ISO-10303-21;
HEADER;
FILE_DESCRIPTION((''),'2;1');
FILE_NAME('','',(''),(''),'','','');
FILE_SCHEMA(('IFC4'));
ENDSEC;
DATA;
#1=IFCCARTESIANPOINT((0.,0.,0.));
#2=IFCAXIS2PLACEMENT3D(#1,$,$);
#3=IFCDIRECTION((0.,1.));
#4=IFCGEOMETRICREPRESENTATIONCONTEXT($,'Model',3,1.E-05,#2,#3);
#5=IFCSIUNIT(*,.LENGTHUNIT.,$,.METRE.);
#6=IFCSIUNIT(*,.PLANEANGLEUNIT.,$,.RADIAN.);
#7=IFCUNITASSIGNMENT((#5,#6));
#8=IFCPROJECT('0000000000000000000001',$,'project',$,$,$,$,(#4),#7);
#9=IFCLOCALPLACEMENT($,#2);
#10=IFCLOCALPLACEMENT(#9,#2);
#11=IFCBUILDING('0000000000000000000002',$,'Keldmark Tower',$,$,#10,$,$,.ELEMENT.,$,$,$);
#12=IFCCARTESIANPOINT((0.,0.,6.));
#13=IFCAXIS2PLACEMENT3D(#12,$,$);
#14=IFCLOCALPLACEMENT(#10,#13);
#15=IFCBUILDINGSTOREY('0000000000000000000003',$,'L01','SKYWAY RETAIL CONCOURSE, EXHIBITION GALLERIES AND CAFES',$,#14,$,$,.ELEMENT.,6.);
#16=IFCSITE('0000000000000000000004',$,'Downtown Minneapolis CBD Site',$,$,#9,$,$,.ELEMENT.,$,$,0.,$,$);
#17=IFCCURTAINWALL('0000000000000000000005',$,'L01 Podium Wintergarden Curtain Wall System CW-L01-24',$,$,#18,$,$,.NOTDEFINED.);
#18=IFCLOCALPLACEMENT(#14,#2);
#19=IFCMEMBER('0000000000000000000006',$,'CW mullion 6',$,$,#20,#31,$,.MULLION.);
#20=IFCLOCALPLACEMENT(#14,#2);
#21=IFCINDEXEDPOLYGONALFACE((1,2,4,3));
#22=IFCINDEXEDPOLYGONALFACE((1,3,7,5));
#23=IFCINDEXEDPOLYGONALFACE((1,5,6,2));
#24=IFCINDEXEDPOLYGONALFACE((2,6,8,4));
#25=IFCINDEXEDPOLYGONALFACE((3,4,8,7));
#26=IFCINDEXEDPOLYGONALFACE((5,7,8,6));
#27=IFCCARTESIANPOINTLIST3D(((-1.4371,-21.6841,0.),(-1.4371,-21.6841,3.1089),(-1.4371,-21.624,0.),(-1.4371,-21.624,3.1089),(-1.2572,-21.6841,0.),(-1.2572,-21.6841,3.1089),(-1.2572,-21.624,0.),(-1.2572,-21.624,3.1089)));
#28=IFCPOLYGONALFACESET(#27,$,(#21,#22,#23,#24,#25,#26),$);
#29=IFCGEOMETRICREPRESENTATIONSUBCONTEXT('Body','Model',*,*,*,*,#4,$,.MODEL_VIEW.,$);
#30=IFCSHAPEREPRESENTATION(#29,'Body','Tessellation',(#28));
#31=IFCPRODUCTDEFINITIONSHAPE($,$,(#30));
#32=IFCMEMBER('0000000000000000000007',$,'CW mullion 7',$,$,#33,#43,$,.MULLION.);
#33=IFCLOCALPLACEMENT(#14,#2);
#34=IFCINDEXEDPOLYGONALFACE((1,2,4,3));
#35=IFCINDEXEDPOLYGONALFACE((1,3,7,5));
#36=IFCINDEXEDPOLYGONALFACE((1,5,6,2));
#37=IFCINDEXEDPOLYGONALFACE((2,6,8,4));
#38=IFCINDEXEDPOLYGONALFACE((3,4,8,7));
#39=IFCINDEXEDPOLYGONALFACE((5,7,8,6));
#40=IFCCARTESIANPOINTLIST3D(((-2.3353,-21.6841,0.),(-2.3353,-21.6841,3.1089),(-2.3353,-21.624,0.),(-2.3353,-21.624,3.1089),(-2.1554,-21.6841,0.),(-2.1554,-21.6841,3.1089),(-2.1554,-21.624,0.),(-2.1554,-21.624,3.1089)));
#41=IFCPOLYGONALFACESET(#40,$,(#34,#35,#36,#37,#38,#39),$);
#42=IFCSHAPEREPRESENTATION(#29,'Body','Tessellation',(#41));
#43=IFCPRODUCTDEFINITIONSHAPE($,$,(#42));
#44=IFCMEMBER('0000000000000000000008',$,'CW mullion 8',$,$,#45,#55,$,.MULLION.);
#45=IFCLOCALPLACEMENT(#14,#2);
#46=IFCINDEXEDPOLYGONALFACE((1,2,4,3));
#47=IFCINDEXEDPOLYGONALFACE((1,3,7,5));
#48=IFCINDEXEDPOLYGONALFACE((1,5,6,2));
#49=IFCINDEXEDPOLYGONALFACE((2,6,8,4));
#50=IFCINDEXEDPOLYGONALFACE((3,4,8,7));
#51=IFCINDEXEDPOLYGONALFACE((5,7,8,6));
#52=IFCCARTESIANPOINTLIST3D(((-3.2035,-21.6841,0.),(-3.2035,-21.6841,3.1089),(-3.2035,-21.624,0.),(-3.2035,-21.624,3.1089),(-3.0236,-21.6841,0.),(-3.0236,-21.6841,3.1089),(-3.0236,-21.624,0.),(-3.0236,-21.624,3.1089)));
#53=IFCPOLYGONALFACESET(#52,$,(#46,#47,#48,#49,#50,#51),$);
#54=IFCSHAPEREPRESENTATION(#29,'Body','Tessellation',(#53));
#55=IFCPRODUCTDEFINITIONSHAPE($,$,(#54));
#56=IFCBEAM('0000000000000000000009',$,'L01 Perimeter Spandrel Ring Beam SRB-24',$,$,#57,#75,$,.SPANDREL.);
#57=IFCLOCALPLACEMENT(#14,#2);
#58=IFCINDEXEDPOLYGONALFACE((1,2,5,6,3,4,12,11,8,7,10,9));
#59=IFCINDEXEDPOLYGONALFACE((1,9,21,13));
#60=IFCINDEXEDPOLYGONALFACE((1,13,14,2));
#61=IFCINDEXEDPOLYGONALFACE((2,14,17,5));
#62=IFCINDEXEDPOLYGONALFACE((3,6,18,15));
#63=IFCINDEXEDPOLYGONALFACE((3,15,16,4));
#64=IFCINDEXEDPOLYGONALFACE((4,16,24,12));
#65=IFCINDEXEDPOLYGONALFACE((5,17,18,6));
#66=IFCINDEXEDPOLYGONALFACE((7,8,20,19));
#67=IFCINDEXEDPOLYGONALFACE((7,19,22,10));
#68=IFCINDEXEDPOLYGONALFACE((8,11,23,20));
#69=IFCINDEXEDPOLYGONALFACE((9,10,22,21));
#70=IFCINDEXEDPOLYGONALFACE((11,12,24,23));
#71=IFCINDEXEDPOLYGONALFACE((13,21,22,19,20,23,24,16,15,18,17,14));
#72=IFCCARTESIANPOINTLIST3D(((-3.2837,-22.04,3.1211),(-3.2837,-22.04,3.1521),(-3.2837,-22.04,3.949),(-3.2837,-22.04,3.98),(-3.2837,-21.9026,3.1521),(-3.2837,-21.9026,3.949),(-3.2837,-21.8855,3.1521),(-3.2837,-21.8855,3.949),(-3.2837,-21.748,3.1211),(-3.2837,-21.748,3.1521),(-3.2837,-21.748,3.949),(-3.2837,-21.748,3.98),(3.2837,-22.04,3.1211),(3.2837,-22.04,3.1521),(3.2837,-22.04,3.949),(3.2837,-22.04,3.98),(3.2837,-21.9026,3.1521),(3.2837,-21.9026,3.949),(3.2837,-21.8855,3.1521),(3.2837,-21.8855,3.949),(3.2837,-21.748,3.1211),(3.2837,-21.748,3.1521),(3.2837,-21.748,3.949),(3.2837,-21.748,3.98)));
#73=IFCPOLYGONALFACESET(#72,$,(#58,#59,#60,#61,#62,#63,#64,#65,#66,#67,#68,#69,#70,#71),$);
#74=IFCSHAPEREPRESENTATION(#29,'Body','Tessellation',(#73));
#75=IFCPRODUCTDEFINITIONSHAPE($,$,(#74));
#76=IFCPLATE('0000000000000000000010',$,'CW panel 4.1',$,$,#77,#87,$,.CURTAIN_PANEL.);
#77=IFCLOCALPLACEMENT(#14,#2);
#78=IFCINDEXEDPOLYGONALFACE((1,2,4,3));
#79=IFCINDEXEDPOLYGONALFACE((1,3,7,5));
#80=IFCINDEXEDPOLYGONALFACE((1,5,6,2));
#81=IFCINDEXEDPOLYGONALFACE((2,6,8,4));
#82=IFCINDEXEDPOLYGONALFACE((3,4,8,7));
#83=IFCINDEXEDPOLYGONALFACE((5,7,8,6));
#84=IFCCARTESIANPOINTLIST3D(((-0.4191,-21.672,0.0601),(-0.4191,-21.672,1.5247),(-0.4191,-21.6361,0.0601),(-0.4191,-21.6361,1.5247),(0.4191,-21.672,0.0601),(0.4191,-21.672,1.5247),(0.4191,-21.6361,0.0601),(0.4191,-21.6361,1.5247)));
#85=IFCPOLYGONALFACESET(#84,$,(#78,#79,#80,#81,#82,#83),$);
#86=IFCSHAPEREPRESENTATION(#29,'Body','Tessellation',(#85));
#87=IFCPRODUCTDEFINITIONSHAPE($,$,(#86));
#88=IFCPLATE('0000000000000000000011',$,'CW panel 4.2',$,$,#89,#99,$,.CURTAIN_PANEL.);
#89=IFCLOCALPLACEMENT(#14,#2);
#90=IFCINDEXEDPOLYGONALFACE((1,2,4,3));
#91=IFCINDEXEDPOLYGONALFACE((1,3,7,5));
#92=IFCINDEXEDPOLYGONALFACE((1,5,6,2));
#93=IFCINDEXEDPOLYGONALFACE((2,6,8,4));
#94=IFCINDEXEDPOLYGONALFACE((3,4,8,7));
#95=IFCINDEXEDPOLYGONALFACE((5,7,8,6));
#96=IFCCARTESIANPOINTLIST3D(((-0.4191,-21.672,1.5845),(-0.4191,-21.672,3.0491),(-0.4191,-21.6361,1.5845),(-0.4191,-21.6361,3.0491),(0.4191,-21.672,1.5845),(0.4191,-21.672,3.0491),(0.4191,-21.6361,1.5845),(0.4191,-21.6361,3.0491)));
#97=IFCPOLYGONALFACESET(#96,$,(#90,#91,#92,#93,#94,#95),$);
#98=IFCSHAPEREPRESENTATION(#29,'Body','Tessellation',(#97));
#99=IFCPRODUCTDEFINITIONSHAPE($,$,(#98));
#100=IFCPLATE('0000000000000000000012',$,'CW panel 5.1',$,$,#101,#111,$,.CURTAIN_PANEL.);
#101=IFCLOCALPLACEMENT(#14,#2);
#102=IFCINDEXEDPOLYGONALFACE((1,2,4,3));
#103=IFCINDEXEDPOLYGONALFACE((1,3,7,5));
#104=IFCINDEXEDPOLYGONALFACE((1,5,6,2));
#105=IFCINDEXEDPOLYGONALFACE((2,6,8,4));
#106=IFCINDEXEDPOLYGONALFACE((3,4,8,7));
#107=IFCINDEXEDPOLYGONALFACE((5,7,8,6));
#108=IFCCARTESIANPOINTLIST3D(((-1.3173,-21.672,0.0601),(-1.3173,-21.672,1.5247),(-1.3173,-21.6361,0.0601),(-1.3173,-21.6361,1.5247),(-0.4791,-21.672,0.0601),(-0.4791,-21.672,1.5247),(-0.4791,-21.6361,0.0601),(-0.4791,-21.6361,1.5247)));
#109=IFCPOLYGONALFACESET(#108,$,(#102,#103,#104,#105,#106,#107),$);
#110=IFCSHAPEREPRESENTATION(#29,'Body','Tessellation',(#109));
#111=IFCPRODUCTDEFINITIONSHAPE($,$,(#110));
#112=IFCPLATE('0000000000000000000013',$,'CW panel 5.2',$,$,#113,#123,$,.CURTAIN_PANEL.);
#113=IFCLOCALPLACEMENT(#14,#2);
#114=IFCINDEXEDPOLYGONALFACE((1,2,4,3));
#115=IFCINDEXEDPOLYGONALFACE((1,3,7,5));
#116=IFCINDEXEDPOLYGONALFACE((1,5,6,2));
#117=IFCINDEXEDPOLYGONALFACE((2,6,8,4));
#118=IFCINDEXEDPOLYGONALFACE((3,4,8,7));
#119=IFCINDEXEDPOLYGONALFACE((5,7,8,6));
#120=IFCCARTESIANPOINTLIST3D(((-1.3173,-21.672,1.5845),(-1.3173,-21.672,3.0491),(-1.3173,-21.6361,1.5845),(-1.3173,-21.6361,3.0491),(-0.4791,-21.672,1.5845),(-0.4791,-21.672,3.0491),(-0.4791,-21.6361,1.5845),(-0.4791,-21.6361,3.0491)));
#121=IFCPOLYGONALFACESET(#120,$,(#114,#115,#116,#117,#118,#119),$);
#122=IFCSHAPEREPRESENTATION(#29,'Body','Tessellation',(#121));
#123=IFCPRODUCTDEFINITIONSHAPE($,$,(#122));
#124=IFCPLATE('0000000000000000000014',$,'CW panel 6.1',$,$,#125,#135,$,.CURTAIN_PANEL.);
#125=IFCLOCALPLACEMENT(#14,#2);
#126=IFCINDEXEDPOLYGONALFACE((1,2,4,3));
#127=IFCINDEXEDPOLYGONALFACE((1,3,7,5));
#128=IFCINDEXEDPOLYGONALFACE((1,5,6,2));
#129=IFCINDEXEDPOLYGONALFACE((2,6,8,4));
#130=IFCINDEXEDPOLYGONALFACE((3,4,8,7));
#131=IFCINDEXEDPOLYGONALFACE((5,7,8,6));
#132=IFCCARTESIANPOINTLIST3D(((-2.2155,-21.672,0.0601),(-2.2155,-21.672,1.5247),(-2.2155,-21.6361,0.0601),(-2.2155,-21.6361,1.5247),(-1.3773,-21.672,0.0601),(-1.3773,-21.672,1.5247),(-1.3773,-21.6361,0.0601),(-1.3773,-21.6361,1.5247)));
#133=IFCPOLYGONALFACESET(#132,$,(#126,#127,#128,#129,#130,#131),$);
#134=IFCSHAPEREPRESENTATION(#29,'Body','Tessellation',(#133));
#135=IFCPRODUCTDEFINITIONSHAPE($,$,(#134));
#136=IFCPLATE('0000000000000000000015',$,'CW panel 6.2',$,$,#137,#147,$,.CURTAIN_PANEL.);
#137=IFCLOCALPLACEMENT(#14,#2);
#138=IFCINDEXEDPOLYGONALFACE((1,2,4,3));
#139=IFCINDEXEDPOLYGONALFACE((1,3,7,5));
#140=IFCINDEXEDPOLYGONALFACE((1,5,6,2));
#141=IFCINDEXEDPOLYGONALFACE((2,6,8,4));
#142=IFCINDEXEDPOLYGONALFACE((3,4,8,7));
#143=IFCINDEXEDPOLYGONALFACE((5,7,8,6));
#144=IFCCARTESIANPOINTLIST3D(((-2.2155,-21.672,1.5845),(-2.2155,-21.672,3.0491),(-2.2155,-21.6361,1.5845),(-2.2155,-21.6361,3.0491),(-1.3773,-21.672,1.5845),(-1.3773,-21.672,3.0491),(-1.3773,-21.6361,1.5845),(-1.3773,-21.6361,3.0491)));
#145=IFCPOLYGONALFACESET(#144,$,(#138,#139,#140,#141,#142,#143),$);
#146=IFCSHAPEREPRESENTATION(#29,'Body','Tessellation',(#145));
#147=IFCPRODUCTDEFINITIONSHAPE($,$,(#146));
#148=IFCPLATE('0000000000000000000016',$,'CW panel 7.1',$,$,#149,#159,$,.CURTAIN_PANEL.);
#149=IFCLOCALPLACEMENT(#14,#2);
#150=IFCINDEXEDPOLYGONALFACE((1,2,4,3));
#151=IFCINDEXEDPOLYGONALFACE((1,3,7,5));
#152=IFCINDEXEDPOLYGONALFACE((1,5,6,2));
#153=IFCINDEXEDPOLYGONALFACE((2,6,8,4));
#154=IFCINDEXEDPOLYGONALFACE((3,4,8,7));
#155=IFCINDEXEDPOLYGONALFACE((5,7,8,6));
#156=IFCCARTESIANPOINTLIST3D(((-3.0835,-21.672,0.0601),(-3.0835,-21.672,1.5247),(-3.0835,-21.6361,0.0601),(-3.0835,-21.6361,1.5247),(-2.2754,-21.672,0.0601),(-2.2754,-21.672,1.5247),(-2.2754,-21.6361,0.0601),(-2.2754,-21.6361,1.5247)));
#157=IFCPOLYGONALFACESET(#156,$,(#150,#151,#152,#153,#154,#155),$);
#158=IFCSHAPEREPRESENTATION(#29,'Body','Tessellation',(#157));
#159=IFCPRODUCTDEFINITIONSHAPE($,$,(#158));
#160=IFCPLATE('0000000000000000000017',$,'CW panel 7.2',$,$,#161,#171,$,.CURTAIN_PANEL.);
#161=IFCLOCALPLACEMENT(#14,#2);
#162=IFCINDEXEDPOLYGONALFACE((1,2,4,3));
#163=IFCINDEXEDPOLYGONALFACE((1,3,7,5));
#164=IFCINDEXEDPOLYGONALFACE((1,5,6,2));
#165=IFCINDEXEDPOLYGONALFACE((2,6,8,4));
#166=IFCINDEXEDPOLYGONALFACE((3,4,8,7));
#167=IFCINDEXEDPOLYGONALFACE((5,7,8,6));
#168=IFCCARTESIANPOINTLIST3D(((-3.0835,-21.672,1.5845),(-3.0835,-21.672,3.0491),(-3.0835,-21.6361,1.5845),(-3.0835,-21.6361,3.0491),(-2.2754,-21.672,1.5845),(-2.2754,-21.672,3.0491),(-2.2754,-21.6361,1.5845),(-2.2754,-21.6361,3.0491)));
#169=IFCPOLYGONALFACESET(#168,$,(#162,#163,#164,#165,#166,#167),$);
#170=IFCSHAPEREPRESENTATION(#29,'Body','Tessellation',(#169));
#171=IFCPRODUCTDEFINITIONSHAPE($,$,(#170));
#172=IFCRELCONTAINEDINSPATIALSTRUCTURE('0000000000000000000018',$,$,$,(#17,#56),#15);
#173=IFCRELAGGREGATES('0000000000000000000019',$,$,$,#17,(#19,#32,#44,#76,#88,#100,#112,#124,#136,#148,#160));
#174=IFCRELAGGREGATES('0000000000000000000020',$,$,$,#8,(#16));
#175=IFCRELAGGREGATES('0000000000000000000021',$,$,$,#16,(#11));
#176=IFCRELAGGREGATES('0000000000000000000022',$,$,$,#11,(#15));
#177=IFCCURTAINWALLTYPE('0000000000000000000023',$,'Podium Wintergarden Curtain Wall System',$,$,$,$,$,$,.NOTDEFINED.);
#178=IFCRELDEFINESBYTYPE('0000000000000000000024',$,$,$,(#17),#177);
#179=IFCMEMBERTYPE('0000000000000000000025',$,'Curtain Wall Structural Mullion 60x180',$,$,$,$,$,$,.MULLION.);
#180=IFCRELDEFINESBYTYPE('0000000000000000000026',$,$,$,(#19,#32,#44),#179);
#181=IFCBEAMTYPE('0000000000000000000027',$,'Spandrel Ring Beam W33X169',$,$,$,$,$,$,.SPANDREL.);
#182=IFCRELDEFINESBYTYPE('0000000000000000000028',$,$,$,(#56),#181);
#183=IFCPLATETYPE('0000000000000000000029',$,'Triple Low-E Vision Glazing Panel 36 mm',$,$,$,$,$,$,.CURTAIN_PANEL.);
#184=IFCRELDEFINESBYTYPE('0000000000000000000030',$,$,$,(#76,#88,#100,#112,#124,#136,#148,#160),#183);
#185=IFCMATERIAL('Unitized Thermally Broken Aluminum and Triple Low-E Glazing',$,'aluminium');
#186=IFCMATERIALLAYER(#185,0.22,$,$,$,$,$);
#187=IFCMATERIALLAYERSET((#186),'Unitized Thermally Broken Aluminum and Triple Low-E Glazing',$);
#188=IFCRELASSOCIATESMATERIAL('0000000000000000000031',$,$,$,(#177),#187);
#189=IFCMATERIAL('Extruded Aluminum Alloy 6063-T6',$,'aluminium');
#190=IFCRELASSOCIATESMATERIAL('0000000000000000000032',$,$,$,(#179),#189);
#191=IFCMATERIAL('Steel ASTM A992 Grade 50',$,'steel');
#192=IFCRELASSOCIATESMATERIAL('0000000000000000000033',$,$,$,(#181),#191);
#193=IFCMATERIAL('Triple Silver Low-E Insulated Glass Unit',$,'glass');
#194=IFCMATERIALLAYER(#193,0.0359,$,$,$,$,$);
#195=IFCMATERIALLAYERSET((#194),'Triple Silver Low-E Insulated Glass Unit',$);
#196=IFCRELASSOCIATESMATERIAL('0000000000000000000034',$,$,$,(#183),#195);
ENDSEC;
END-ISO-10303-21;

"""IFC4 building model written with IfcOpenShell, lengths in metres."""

from ifc_helpers import new_model, si_unit, direction, frame, origin, origin_2d, place, context, subcontext, project, spatial, rectangle, i_section, extrude, material, layer, layer_set, material_profile, profile_set, type_object, element, aggregate, save


model = new_model("IFC4")

# Units and contexts
model_context = context("Model", 3, precision=1e-05, world=origin(), true_north=direction((0.0, 1.0)))
body_context = subcontext(model_context, "Body", "Model", "MODEL_VIEW")
ifc_project = project(units=[si_unit("LENGTHUNIT", "METRE"), si_unit("PLANEANGLEUNIT", "RADIAN")], contexts=[model_context])

# Site, building, storey
site_placement = place(None, origin())
site = spatial("IfcSite", under=ifc_project, at=site_placement, Name="Downtown Minneapolis CBD Site", CompositionType="ELEMENT", RefElevation=0.0)
building_placement = place(site_placement, origin())
building = spatial("IfcBuilding", under=site, at=building_placement, Name="Keldmark Tower", CompositionType="ELEMENT")
storey_placement = place(building_placement, frame((0.0, 0.0, 6.0)))
storey = spatial("IfcBuildingStorey", under=building, at=storey_placement, Name="L01", Description="SKYWAY RETAIL CONCOURSE, EXHIBITION GALLERIES AND CAFES", CompositionType="ELEMENT", Elevation=6.0)

# Curtain wall, members
ifc_material_1 = material(Name="Unitized Thermally Broken Aluminum and Triple Low-E Glazing", Category="aluminium")
ifc_layer_1 = layer(ifc_material_1, 0.22)
ifc_layer_set_1 = layer_set([ifc_layer_1], Name="Unitized Thermally Broken Aluminum and Triple Low-E Glazing")
curtain_wall_type = type_object("IfcCurtainWallType", Name="Podium Wintergarden Curtain Wall System", PredefinedType="NOTDEFINED", material=ifc_layer_set_1)
curtain_wall_placement = place(storey_placement, origin())
curtain_wall = element("IfcCurtainWall", 1, at=curtain_wall_placement, inside=storey, type_object=curtain_wall_type, Name="L01 Podium Wintergarden Curtain Wall System CW-L01-24", PredefinedType="NOTDEFINED")
ifc_material_2 = material(Name="Extruded Aluminum Alloy 6063-T6", Category="aluminium")
ifc_material_profile_1 = material_profile(ifc_material_2, rectangle(XDim=0.0601, YDim=0.1799, at=origin_2d()), Name="CWM60X180")
ifc_profile_set_1 = profile_set([ifc_material_profile_1], Name="Extruded Aluminum Alloy 6063-T6")
member_type_1 = type_object("IfcMemberType", Name="Curtain Wall Structural Mullion 60x180", PredefinedType="MULLION", material=ifc_profile_set_1)
member_1_placement = place(storey_placement, frame((-1.3472, -21.6541, 0.0), z_axis=(0.0, 0.0, 1.0), x_axis=(0.0, -1.0, 0.0)))
member_1 = element("IfcMember", 2, at=member_1_placement, type_object=member_type_1, Name="CW mullion 6", PredefinedType="MULLION", context=body_context, shape_type="SweptSolid", body=[
    extrude(rectangle(XDim=0.0601, YDim=0.1799, at=origin_2d()), origin(), (0.0, 0.0, 1.0), 3.1089),
])
member_2_placement = place(storey_placement, frame((-2.2454, -21.6541, 0.0), z_axis=(0.0, 0.0, 1.0), x_axis=(0.0, -1.0, 0.0)))
member_2 = element("IfcMember", 3, at=member_2_placement, type_object=member_type_1, Name="CW mullion 7", PredefinedType="MULLION", context=body_context, shape_type="SweptSolid", body=[
    extrude(rectangle(XDim=0.0601, YDim=0.1799, at=origin_2d()), origin(), (0.0, 0.0, 1.0), 3.1089),
])
member_3_placement = place(storey_placement, frame((-3.1135, -21.6541, 0.0), z_axis=(0.0, 0.0, 1.0), x_axis=(0.0, -1.0, 0.0)))
member_3 = element("IfcMember", 4, at=member_3_placement, type_object=member_type_1, Name="CW mullion 8", PredefinedType="MULLION", context=body_context, shape_type="SweptSolid", body=[
    extrude(rectangle(XDim=0.0601, YDim=0.1799, at=origin_2d()), origin(), (0.0, 0.0, 1.0), 3.1089),
])

# Beam
ifc_material_3 = material(Name="Steel ASTM A992 Grade 50", Category="steel")
ifc_material_profile_2 = material_profile(ifc_material_3, i_section(OverallWidth=0.292, OverallDepth=0.8589, WebThickness=0.0171, FlangeThickness=0.031, at=origin_2d()), Name="W33X169")
ifc_profile_set_2 = profile_set([ifc_material_profile_2], Name="Steel ASTM A992 Grade 50")
beam_type = type_object("IfcBeamType", Name="Spandrel Ring Beam W33X169", PredefinedType="SPANDREL", material=ifc_profile_set_2)
beam_placement = place(storey_placement, frame((-3.2837, -21.894, 3.5505), z_axis=(1.0, 0.0, 0.0), x_axis=(0.0, 1.0, 0.0)))
element("IfcBeam", 5, at=beam_placement, inside=storey, type_object=beam_type, Name="L01 Perimeter Spandrel Ring Beam SRB-24", PredefinedType="SPANDREL", context=body_context, shape_type="SweptSolid", body=[
    extrude(i_section(OverallWidth=0.292, OverallDepth=0.8589, WebThickness=0.0171, FlangeThickness=0.031, at=origin_2d()), origin(), (0.0, 0.0, 1.0), 6.5674),
])

# Plates
ifc_material_4 = material(Name="Triple Silver Low-E Insulated Glass Unit", Category="glass")
ifc_layer_2 = layer(ifc_material_4, 0.0359)
ifc_layer_set_2 = layer_set([ifc_layer_2], Name="Triple Silver Low-E Insulated Glass Unit")
plate_type = type_object("IfcPlateType", Name="Triple Low-E Vision Glazing Panel 36 mm", PredefinedType="CURTAIN_PANEL", material=ifc_layer_set_2)
plate_1_placement = place(storey_placement, frame((0.0, -21.6541, 0.0601), z_axis=(0.0, 0.0, 1.0), x_axis=(-1.0, 0.0, 0.0)))
plate_1 = element("IfcPlate", 6, at=plate_1_placement, type_object=plate_type, Name="CW panel 4.1", PredefinedType="CURTAIN_PANEL", context=body_context, shape_type="SweptSolid", body=[
    extrude(rectangle(XDim=0.8381, YDim=0.0359, at=origin_2d()), origin(), (0.0, 0.0, 1.0), 1.4646),
])
plate_2_placement = place(storey_placement, frame((0.0, -21.6541, 1.5845), z_axis=(0.0, 0.0, 1.0), x_axis=(-1.0, 0.0, 0.0)))
plate_2 = element("IfcPlate", 7, at=plate_2_placement, type_object=plate_type, Name="CW panel 4.2", PredefinedType="CURTAIN_PANEL", context=body_context, shape_type="SweptSolid", body=[
    extrude(rectangle(XDim=0.8381, YDim=0.0359, at=origin_2d()), origin(), (0.0, 0.0, 1.0), 1.4646),
])
plate_3_placement = place(storey_placement, frame((-0.8982, -21.6541, 0.0601), z_axis=(0.0, 0.0, 1.0), x_axis=(-1.0, 0.0, 0.0)))
plate_3 = element("IfcPlate", 8, at=plate_3_placement, type_object=plate_type, Name="CW panel 5.1", PredefinedType="CURTAIN_PANEL", context=body_context, shape_type="SweptSolid", body=[
    extrude(rectangle(XDim=0.8381, YDim=0.0359, at=origin_2d()), origin(), (0.0, 0.0, 1.0), 1.4646),
])
plate_4_placement = place(storey_placement, frame((-0.8982, -21.6541, 1.5845), z_axis=(0.0, 0.0, 1.0), x_axis=(-1.0, 0.0, 0.0)))
plate_4 = element("IfcPlate", 9, at=plate_4_placement, type_object=plate_type, Name="CW panel 5.2", PredefinedType="CURTAIN_PANEL", context=body_context, shape_type="SweptSolid", body=[
    extrude(rectangle(XDim=0.8381, YDim=0.0359, at=origin_2d()), origin(), (0.0, 0.0, 1.0), 1.4646),
])
plate_5_placement = place(storey_placement, frame((-1.7964, -21.6541, 0.0601), z_axis=(0.0, 0.0, 1.0), x_axis=(-1.0, 0.0, 0.0)))
plate_5 = element("IfcPlate", 10, at=plate_5_placement, type_object=plate_type, Name="CW panel 6.1", PredefinedType="CURTAIN_PANEL", context=body_context, shape_type="SweptSolid", body=[
    extrude(rectangle(XDim=0.8381, YDim=0.0359, at=origin_2d()), origin(), (0.0, 0.0, 1.0), 1.4646),
])
plate_6_placement = place(storey_placement, frame((-1.7964, -21.6541, 1.5845), z_axis=(0.0, 0.0, 1.0), x_axis=(-1.0, 0.0, 0.0)))
plate_6 = element("IfcPlate", 11, at=plate_6_placement, type_object=plate_type, Name="CW panel 6.2", PredefinedType="CURTAIN_PANEL", context=body_context, shape_type="SweptSolid", body=[
    extrude(rectangle(XDim=0.8381, YDim=0.0359, at=origin_2d()), origin(), (0.0, 0.0, 1.0), 1.4646),
])
plate_7_placement = place(storey_placement, frame((-2.6794, -21.6541, 0.0601), z_axis=(0.0, 0.0, 1.0), x_axis=(-1.0, 0.0, 0.0)))
plate_7 = element("IfcPlate", 12, at=plate_7_placement, type_object=plate_type, Name="CW panel 7.1", PredefinedType="CURTAIN_PANEL", context=body_context, shape_type="SweptSolid", body=[
    extrude(rectangle(XDim=0.8081, YDim=0.0359, at=origin_2d()), origin(), (0.0, 0.0, 1.0), 1.4646),
])
plate_8_placement = place(storey_placement, frame((-2.6794, -21.6541, 1.5845), z_axis=(0.0, 0.0, 1.0), x_axis=(-1.0, 0.0, 0.0)))
plate_8 = element("IfcPlate", 13, at=plate_8_placement, type_object=plate_type, Name="CW panel 7.2", PredefinedType="CURTAIN_PANEL", context=body_context, shape_type="SweptSolid", body=[
    extrude(rectangle(XDim=0.8081, YDim=0.0359, at=origin_2d()), origin(), (0.0, 0.0, 1.0), 1.4646),
])
aggregate(curtain_wall, [member_1, member_2, member_3, plate_1, plate_2, plate_3, plate_4, plate_5, plate_6, plate_7, plate_8])

save(model, "model.ifc")
